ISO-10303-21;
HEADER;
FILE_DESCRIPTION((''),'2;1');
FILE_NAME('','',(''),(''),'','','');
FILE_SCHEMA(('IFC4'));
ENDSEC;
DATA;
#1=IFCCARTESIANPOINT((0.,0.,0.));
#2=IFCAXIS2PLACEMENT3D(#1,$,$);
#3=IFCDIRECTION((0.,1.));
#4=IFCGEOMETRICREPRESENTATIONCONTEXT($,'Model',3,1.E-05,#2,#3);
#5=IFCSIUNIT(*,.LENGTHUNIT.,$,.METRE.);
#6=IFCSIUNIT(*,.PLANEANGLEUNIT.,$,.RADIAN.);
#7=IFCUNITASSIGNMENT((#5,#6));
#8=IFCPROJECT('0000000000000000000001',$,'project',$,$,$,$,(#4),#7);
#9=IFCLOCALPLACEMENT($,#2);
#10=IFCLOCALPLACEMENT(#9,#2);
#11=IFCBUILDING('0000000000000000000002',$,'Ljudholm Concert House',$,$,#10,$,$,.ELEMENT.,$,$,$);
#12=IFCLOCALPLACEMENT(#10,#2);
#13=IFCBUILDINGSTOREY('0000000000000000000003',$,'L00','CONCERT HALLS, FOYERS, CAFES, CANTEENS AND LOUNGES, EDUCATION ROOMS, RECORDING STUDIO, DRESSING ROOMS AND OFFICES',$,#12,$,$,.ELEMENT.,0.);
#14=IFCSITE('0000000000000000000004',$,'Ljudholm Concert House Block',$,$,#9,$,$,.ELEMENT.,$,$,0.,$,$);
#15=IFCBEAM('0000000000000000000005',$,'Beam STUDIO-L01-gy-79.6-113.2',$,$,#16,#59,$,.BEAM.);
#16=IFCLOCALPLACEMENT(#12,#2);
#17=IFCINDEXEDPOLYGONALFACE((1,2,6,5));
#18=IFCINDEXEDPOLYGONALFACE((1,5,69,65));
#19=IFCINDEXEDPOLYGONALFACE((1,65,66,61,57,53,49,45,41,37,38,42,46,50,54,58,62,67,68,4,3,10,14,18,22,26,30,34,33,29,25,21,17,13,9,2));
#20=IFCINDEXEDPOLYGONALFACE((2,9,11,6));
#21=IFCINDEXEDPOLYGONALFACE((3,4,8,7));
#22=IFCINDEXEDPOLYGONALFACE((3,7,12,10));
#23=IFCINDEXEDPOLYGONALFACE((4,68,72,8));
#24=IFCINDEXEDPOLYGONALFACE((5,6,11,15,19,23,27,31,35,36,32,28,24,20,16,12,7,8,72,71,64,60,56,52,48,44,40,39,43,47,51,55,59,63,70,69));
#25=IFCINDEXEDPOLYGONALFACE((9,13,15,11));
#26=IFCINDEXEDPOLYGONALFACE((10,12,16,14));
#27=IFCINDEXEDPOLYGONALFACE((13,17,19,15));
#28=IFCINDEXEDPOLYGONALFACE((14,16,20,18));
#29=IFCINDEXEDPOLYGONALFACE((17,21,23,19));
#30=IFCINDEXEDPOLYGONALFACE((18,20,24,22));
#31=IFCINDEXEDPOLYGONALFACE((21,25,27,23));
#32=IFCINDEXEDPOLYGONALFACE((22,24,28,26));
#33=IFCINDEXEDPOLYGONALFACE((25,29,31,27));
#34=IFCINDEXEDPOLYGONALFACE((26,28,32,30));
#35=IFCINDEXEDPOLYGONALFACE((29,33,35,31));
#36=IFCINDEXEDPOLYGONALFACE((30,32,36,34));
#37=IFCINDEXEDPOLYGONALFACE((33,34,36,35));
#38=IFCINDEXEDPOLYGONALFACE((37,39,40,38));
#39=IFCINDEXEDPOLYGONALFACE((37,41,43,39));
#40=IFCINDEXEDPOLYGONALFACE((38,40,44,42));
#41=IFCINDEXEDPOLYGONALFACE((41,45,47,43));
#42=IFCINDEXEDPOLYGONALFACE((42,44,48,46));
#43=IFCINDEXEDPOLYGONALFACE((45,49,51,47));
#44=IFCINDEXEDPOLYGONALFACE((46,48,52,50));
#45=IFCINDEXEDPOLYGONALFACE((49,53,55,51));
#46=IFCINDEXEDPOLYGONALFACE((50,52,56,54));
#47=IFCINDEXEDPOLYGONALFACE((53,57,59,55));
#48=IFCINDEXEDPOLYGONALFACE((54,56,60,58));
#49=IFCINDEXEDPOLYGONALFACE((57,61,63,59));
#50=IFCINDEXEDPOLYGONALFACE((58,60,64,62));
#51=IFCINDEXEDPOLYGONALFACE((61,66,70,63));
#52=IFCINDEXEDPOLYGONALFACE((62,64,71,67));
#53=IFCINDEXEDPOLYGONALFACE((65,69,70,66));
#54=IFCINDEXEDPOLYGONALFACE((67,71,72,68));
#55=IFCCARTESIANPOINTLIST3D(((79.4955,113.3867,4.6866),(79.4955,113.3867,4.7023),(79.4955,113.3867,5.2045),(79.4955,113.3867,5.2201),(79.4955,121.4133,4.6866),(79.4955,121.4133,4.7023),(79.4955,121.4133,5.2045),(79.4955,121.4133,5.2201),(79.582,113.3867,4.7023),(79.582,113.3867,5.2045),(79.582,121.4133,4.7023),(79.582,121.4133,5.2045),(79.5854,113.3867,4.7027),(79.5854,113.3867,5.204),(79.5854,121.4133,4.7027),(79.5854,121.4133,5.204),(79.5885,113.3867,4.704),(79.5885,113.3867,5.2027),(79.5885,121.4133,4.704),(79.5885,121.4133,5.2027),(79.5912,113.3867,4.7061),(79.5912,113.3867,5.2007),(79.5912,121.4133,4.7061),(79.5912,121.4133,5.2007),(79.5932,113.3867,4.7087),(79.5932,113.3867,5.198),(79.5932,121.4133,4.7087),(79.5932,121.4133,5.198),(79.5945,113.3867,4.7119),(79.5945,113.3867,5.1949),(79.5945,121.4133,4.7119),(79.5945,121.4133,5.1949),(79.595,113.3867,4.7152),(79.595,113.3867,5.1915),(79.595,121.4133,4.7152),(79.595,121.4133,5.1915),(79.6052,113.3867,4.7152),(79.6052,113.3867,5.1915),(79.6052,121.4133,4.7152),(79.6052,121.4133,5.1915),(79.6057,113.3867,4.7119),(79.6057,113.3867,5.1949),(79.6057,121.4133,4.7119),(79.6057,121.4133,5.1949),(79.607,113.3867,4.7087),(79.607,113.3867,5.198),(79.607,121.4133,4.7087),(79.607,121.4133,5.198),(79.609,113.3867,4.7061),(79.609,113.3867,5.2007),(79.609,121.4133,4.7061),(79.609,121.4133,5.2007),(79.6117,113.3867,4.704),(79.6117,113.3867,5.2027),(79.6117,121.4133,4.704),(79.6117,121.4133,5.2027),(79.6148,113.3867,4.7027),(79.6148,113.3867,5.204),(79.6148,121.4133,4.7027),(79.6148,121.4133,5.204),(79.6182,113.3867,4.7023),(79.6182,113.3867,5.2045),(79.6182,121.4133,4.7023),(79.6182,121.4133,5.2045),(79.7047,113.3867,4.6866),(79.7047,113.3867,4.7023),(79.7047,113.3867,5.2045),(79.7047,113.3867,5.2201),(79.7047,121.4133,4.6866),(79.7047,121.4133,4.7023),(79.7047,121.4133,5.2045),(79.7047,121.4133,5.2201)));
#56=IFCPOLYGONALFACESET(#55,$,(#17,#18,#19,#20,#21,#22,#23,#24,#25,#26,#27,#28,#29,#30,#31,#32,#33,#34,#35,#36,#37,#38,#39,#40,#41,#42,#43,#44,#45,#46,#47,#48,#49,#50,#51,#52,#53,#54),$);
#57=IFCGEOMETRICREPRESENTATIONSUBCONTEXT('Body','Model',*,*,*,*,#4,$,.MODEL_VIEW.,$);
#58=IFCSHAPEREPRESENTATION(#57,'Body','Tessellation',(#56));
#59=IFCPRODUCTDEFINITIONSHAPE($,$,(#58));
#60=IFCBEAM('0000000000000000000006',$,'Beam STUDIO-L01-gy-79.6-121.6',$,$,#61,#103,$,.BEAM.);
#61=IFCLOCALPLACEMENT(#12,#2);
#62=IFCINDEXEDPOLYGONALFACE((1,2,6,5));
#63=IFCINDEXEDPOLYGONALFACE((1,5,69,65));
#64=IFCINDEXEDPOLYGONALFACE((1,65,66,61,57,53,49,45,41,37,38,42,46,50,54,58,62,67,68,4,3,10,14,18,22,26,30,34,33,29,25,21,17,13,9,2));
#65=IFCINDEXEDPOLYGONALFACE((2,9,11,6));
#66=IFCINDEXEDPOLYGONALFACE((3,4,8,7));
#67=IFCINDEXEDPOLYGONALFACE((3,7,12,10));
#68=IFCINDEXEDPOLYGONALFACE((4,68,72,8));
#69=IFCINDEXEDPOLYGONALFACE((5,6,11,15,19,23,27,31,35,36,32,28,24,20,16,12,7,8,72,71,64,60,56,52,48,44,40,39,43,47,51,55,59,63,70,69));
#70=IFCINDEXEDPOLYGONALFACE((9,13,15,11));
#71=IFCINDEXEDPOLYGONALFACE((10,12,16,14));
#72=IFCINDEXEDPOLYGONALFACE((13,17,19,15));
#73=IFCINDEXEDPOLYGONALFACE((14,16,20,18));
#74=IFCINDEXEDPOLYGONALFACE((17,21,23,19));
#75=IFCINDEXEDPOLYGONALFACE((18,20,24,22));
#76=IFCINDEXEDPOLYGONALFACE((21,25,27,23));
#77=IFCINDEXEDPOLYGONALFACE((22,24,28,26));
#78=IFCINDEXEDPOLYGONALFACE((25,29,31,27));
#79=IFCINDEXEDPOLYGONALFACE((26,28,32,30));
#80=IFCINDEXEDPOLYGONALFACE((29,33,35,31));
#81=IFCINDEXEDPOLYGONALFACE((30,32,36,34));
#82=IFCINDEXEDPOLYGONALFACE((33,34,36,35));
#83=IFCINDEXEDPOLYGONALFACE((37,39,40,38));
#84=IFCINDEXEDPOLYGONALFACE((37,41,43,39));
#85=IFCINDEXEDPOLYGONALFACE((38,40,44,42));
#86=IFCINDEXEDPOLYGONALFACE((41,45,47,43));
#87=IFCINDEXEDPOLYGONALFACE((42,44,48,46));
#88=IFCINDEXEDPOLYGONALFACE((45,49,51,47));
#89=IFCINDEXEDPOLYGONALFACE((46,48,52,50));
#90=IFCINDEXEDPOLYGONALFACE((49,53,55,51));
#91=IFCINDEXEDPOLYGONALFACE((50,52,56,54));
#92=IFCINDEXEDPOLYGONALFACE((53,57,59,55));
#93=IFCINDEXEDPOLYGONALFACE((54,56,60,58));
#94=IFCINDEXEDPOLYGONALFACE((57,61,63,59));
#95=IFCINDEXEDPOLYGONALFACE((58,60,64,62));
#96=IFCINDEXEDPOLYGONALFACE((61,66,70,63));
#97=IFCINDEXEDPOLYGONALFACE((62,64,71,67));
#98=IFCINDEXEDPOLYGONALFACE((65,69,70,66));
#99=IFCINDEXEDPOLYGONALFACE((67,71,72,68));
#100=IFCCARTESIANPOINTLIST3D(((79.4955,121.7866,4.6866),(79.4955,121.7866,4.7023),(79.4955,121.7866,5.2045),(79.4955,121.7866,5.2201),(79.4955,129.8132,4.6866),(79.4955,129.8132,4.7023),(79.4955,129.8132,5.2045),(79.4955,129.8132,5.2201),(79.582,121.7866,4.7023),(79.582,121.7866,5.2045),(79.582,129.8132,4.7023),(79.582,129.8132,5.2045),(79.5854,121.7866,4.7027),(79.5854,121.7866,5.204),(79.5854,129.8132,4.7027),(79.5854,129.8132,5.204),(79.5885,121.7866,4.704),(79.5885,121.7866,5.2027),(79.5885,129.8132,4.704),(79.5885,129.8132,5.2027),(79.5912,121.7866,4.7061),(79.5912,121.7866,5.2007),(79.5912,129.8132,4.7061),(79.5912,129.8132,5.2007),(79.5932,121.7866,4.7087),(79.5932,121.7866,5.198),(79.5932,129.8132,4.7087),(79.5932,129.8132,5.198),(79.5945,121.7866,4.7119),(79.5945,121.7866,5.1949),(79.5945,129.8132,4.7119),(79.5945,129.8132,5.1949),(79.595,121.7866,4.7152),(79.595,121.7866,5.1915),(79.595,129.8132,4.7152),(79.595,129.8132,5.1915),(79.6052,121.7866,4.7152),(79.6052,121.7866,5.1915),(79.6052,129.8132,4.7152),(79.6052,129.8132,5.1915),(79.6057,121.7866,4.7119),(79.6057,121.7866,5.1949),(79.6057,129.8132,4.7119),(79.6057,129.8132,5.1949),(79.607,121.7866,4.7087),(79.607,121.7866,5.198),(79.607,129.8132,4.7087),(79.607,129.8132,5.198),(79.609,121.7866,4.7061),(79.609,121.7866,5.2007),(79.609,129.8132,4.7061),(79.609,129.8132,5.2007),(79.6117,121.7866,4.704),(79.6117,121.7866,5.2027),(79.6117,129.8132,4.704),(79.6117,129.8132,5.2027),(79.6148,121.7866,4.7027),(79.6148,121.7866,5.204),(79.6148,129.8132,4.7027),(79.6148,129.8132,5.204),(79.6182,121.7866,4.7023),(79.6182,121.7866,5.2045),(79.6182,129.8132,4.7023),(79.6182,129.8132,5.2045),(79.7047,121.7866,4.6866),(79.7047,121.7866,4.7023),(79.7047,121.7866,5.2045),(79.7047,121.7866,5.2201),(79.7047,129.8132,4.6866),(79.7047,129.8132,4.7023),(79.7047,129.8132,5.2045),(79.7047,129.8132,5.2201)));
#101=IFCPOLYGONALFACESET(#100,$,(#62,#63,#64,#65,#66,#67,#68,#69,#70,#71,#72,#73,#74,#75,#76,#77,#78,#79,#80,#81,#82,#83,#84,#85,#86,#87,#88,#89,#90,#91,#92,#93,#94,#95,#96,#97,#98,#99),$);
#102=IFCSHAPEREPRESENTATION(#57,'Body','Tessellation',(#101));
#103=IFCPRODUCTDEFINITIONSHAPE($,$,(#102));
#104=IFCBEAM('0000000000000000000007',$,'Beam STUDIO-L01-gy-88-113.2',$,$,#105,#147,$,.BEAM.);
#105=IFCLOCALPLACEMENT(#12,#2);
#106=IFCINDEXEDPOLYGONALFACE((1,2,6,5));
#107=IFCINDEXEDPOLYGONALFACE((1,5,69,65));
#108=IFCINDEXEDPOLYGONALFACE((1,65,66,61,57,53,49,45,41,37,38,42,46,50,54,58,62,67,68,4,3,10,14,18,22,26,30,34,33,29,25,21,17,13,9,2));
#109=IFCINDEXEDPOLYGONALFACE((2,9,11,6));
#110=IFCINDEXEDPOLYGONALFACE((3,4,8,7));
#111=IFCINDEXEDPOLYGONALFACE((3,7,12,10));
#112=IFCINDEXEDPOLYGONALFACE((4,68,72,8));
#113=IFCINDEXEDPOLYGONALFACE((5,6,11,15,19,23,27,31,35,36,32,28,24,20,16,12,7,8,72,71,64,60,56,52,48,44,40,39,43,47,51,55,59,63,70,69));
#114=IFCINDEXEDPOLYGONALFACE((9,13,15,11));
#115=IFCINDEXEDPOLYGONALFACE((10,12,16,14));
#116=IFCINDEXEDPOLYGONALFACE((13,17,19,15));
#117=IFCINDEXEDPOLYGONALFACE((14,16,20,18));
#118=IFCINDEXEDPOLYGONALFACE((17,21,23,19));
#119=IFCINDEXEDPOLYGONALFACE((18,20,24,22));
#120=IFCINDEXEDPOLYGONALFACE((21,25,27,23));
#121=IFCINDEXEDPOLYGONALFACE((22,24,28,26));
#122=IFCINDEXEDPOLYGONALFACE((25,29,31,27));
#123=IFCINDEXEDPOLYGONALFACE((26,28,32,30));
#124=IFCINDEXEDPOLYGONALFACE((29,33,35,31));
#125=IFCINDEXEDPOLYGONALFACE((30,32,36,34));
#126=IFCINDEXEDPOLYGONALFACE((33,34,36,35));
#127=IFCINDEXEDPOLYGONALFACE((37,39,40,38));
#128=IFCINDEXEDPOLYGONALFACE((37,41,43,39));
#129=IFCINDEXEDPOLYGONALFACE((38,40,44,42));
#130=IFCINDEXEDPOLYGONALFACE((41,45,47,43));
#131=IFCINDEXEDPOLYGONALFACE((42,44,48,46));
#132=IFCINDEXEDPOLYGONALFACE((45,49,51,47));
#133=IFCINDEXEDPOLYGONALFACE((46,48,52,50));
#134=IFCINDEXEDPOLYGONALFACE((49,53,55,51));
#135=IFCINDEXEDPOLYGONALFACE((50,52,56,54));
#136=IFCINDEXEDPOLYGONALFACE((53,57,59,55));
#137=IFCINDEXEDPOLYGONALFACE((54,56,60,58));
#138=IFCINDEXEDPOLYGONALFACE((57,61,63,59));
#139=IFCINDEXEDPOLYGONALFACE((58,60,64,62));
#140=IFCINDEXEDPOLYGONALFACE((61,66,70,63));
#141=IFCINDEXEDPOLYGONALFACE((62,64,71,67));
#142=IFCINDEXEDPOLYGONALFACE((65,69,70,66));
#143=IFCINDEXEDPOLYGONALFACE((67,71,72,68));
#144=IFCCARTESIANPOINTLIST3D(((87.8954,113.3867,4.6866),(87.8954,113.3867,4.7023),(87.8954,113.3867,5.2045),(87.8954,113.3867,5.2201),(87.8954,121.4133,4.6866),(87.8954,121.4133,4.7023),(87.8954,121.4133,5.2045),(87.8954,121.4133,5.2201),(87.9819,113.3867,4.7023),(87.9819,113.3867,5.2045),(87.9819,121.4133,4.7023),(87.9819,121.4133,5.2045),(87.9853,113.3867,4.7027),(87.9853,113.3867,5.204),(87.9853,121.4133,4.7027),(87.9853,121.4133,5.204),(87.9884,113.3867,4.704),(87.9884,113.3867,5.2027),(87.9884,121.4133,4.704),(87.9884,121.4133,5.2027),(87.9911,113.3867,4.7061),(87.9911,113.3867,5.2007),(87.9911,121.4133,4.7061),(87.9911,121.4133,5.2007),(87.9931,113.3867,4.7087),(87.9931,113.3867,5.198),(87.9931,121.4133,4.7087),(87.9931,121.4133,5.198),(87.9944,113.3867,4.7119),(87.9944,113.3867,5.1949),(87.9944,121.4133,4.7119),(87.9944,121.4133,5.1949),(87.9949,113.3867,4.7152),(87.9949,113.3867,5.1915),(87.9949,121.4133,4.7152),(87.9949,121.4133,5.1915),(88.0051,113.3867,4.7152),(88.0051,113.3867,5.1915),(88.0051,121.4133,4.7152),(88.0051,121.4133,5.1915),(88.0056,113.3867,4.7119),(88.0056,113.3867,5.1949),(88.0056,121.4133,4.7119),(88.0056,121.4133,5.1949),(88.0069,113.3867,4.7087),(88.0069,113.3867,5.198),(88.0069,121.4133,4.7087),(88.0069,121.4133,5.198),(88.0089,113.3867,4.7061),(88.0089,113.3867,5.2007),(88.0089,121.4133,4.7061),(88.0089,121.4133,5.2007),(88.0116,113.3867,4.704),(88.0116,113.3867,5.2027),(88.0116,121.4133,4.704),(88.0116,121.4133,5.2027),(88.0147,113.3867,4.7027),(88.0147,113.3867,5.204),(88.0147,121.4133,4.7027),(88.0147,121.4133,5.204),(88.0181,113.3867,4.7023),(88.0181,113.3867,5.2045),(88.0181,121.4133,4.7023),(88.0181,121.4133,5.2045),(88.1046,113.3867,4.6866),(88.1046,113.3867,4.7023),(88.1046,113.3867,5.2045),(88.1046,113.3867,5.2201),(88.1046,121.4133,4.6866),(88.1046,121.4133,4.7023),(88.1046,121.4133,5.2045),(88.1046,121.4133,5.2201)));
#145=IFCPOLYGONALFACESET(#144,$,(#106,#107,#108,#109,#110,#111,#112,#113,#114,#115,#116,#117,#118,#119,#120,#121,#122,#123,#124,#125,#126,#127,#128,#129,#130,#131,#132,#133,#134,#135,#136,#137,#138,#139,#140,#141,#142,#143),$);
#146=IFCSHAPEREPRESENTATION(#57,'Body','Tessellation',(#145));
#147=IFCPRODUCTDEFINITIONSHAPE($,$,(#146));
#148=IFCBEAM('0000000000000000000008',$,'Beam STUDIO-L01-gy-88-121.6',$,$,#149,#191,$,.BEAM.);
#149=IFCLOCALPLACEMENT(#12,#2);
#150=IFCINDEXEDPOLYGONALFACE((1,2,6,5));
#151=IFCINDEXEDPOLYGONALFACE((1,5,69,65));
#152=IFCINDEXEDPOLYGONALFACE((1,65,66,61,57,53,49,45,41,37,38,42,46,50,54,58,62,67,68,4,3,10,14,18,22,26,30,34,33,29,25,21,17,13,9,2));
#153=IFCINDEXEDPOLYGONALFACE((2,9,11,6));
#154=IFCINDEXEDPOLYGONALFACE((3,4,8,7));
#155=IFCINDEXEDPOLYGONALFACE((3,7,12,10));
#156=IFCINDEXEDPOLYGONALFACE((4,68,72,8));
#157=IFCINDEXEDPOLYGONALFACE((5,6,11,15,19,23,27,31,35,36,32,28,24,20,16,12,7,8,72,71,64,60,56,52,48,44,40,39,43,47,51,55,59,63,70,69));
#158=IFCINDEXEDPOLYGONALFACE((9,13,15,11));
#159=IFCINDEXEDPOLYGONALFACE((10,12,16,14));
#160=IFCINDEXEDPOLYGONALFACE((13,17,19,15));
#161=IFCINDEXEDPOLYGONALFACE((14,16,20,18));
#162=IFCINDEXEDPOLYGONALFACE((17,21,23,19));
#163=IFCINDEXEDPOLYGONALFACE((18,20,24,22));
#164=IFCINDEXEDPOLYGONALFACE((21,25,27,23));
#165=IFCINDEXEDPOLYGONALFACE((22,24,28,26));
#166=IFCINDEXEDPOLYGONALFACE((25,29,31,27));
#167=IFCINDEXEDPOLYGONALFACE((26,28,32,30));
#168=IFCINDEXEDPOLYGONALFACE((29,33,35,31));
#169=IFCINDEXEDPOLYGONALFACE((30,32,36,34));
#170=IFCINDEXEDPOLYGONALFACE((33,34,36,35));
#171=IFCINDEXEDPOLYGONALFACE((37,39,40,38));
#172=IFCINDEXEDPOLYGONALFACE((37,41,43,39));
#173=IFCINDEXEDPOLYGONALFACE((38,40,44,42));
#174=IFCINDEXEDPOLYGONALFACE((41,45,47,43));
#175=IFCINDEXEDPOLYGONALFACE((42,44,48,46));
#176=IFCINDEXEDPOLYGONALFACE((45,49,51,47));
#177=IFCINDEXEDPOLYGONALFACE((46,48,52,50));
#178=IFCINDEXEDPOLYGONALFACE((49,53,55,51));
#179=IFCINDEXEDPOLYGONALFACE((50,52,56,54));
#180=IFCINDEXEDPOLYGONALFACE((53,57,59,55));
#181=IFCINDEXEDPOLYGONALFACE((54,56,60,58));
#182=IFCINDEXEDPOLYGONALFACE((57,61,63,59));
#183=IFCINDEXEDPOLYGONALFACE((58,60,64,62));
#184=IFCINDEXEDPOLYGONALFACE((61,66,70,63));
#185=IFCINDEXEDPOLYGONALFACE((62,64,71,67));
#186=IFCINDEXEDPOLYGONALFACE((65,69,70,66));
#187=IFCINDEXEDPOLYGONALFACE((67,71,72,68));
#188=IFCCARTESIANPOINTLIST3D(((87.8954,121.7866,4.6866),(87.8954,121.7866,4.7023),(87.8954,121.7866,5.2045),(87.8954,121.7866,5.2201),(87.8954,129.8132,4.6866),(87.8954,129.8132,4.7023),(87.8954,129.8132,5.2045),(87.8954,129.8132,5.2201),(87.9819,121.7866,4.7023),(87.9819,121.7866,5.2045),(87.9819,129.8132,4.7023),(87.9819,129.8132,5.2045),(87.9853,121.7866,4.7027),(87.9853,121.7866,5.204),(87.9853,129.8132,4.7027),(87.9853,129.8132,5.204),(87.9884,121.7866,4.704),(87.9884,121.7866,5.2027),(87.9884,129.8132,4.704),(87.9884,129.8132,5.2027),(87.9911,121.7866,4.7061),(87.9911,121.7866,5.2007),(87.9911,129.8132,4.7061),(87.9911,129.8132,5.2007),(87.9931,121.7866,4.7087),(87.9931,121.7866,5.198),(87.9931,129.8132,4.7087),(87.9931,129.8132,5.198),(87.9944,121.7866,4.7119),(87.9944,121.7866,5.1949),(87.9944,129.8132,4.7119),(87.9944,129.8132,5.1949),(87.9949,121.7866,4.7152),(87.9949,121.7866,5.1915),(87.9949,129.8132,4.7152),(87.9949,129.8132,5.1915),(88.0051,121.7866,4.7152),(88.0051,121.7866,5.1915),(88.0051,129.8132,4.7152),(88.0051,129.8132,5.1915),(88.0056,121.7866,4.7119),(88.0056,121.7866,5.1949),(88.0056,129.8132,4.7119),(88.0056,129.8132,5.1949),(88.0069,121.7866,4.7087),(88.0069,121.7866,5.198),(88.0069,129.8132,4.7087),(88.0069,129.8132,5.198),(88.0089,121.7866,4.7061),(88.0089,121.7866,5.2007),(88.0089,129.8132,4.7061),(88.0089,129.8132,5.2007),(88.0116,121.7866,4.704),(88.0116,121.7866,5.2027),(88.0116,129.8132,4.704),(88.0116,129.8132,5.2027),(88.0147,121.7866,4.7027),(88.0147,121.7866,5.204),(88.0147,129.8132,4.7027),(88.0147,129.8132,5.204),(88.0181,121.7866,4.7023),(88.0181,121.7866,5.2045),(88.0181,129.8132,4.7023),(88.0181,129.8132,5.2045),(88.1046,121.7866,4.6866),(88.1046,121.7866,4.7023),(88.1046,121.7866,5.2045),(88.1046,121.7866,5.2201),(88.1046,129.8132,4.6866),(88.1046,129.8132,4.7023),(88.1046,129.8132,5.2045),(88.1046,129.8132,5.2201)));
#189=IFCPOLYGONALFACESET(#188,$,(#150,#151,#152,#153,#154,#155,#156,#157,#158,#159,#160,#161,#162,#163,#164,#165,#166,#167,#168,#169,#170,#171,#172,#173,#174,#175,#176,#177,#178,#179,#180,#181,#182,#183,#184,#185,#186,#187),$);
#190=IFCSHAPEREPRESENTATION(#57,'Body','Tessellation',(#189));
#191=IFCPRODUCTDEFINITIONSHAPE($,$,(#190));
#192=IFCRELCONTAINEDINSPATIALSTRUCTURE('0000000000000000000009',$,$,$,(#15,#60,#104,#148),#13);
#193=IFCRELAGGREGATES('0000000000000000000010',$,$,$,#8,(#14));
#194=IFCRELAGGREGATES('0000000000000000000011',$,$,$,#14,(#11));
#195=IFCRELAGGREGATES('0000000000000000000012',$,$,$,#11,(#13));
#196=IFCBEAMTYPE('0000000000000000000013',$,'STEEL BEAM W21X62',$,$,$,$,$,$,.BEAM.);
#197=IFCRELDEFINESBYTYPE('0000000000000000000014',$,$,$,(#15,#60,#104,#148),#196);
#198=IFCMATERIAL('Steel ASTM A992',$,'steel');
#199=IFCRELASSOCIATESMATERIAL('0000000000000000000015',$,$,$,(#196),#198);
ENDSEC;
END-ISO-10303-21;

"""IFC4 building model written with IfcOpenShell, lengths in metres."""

from ifc_helpers import new_model, si_unit, direction, frame, origin, origin_2d, place, context, subcontext, project, spatial, i_section, extrude, material, material_profile, profile_set, type_object, element, save


model = new_model("IFC4")

# Units and contexts
model_context = context("Model", 3, precision=1e-05, world=origin(), true_north=direction((0.0, 1.0)))
body_context = subcontext(model_context, "Body", "Model", "MODEL_VIEW")
ifc_project = project(units=[si_unit("LENGTHUNIT", "METRE"), si_unit("PLANEANGLEUNIT", "RADIAN")], contexts=[model_context])

# Site, building, storey
site_placement = place(None, origin())
site = spatial("IfcSite", under=ifc_project, at=site_placement, Name="Ljudholm Concert House Block", CompositionType="ELEMENT", RefElevation=0.0)
building_placement = place(site_placement, origin())
building = spatial("IfcBuilding", under=site, at=building_placement, Name="Ljudholm Concert House", CompositionType="ELEMENT")
storey_placement = place(building_placement, origin())
storey = spatial("IfcBuildingStorey", under=building, at=storey_placement, Name="L00", Description="CONCERT HALLS, FOYERS, CAFES, CANTEENS AND LOUNGES, EDUCATION ROOMS, RECORDING STUDIO, DRESSING ROOMS AND OFFICES", CompositionType="ELEMENT", Elevation=0.0)

# Beams
ifc_material_1 = material(Name="Steel ASTM A992", Category="steel")
ifc_material_profile_1 = material_profile(ifc_material_1, i_section(OverallWidth=0.2092, OverallDepth=0.5334, WebThickness=0.0103, FlangeThickness=0.0156, FilletRadius=0.0129, at=origin_2d()), Name="W21X62")
ifc_profile_set_1 = profile_set([ifc_material_profile_1], Name="Steel ASTM A992")
beam_type_1 = type_object("IfcBeamType", Name="STEEL BEAM W21X62", PredefinedType="BEAM", material=ifc_profile_set_1)
for number, where, z_axis, x_axis, name in (
    (1, (79.6001, 113.3867, 4.9534), (0.0, 1.0, 0.0), (-1.0, 0.0, 0.0), "Beam STUDIO-L01-gy-79.6-113.2"),
    (2, (79.6001, 121.7866, 4.9534), (0.0, 1.0, 0.0), (-1.0, 0.0, 0.0), "Beam STUDIO-L01-gy-79.6-121.6"),
    (3, (88.0, 113.3867, 4.9534), (0.0, 1.0, 0.0), (-1.0, 0.0, 0.0), "Beam STUDIO-L01-gy-88-113.2"),
    (4, (88.0, 121.7866, 4.9534), (0.0, 1.0, 0.0), (-1.0, 0.0, 0.0), "Beam STUDIO-L01-gy-88-121.6"),
):
    element("IfcBeam", number, at=place(storey_placement, frame(where, z_axis=z_axis, x_axis=x_axis)), inside=storey, type_object=beam_type_1, Name=name, PredefinedType="BEAM", context=body_context, shape_type="SweptSolid", body=[
        extrude(i_section(OverallWidth=0.2092, OverallDepth=0.5334, WebThickness=0.0103, FlangeThickness=0.0156, FilletRadius=0.0129, at=origin_2d()), origin(), (0.0, 0.0, 1.0), 8.0266),
    ])

save(model, "model.ifc")
